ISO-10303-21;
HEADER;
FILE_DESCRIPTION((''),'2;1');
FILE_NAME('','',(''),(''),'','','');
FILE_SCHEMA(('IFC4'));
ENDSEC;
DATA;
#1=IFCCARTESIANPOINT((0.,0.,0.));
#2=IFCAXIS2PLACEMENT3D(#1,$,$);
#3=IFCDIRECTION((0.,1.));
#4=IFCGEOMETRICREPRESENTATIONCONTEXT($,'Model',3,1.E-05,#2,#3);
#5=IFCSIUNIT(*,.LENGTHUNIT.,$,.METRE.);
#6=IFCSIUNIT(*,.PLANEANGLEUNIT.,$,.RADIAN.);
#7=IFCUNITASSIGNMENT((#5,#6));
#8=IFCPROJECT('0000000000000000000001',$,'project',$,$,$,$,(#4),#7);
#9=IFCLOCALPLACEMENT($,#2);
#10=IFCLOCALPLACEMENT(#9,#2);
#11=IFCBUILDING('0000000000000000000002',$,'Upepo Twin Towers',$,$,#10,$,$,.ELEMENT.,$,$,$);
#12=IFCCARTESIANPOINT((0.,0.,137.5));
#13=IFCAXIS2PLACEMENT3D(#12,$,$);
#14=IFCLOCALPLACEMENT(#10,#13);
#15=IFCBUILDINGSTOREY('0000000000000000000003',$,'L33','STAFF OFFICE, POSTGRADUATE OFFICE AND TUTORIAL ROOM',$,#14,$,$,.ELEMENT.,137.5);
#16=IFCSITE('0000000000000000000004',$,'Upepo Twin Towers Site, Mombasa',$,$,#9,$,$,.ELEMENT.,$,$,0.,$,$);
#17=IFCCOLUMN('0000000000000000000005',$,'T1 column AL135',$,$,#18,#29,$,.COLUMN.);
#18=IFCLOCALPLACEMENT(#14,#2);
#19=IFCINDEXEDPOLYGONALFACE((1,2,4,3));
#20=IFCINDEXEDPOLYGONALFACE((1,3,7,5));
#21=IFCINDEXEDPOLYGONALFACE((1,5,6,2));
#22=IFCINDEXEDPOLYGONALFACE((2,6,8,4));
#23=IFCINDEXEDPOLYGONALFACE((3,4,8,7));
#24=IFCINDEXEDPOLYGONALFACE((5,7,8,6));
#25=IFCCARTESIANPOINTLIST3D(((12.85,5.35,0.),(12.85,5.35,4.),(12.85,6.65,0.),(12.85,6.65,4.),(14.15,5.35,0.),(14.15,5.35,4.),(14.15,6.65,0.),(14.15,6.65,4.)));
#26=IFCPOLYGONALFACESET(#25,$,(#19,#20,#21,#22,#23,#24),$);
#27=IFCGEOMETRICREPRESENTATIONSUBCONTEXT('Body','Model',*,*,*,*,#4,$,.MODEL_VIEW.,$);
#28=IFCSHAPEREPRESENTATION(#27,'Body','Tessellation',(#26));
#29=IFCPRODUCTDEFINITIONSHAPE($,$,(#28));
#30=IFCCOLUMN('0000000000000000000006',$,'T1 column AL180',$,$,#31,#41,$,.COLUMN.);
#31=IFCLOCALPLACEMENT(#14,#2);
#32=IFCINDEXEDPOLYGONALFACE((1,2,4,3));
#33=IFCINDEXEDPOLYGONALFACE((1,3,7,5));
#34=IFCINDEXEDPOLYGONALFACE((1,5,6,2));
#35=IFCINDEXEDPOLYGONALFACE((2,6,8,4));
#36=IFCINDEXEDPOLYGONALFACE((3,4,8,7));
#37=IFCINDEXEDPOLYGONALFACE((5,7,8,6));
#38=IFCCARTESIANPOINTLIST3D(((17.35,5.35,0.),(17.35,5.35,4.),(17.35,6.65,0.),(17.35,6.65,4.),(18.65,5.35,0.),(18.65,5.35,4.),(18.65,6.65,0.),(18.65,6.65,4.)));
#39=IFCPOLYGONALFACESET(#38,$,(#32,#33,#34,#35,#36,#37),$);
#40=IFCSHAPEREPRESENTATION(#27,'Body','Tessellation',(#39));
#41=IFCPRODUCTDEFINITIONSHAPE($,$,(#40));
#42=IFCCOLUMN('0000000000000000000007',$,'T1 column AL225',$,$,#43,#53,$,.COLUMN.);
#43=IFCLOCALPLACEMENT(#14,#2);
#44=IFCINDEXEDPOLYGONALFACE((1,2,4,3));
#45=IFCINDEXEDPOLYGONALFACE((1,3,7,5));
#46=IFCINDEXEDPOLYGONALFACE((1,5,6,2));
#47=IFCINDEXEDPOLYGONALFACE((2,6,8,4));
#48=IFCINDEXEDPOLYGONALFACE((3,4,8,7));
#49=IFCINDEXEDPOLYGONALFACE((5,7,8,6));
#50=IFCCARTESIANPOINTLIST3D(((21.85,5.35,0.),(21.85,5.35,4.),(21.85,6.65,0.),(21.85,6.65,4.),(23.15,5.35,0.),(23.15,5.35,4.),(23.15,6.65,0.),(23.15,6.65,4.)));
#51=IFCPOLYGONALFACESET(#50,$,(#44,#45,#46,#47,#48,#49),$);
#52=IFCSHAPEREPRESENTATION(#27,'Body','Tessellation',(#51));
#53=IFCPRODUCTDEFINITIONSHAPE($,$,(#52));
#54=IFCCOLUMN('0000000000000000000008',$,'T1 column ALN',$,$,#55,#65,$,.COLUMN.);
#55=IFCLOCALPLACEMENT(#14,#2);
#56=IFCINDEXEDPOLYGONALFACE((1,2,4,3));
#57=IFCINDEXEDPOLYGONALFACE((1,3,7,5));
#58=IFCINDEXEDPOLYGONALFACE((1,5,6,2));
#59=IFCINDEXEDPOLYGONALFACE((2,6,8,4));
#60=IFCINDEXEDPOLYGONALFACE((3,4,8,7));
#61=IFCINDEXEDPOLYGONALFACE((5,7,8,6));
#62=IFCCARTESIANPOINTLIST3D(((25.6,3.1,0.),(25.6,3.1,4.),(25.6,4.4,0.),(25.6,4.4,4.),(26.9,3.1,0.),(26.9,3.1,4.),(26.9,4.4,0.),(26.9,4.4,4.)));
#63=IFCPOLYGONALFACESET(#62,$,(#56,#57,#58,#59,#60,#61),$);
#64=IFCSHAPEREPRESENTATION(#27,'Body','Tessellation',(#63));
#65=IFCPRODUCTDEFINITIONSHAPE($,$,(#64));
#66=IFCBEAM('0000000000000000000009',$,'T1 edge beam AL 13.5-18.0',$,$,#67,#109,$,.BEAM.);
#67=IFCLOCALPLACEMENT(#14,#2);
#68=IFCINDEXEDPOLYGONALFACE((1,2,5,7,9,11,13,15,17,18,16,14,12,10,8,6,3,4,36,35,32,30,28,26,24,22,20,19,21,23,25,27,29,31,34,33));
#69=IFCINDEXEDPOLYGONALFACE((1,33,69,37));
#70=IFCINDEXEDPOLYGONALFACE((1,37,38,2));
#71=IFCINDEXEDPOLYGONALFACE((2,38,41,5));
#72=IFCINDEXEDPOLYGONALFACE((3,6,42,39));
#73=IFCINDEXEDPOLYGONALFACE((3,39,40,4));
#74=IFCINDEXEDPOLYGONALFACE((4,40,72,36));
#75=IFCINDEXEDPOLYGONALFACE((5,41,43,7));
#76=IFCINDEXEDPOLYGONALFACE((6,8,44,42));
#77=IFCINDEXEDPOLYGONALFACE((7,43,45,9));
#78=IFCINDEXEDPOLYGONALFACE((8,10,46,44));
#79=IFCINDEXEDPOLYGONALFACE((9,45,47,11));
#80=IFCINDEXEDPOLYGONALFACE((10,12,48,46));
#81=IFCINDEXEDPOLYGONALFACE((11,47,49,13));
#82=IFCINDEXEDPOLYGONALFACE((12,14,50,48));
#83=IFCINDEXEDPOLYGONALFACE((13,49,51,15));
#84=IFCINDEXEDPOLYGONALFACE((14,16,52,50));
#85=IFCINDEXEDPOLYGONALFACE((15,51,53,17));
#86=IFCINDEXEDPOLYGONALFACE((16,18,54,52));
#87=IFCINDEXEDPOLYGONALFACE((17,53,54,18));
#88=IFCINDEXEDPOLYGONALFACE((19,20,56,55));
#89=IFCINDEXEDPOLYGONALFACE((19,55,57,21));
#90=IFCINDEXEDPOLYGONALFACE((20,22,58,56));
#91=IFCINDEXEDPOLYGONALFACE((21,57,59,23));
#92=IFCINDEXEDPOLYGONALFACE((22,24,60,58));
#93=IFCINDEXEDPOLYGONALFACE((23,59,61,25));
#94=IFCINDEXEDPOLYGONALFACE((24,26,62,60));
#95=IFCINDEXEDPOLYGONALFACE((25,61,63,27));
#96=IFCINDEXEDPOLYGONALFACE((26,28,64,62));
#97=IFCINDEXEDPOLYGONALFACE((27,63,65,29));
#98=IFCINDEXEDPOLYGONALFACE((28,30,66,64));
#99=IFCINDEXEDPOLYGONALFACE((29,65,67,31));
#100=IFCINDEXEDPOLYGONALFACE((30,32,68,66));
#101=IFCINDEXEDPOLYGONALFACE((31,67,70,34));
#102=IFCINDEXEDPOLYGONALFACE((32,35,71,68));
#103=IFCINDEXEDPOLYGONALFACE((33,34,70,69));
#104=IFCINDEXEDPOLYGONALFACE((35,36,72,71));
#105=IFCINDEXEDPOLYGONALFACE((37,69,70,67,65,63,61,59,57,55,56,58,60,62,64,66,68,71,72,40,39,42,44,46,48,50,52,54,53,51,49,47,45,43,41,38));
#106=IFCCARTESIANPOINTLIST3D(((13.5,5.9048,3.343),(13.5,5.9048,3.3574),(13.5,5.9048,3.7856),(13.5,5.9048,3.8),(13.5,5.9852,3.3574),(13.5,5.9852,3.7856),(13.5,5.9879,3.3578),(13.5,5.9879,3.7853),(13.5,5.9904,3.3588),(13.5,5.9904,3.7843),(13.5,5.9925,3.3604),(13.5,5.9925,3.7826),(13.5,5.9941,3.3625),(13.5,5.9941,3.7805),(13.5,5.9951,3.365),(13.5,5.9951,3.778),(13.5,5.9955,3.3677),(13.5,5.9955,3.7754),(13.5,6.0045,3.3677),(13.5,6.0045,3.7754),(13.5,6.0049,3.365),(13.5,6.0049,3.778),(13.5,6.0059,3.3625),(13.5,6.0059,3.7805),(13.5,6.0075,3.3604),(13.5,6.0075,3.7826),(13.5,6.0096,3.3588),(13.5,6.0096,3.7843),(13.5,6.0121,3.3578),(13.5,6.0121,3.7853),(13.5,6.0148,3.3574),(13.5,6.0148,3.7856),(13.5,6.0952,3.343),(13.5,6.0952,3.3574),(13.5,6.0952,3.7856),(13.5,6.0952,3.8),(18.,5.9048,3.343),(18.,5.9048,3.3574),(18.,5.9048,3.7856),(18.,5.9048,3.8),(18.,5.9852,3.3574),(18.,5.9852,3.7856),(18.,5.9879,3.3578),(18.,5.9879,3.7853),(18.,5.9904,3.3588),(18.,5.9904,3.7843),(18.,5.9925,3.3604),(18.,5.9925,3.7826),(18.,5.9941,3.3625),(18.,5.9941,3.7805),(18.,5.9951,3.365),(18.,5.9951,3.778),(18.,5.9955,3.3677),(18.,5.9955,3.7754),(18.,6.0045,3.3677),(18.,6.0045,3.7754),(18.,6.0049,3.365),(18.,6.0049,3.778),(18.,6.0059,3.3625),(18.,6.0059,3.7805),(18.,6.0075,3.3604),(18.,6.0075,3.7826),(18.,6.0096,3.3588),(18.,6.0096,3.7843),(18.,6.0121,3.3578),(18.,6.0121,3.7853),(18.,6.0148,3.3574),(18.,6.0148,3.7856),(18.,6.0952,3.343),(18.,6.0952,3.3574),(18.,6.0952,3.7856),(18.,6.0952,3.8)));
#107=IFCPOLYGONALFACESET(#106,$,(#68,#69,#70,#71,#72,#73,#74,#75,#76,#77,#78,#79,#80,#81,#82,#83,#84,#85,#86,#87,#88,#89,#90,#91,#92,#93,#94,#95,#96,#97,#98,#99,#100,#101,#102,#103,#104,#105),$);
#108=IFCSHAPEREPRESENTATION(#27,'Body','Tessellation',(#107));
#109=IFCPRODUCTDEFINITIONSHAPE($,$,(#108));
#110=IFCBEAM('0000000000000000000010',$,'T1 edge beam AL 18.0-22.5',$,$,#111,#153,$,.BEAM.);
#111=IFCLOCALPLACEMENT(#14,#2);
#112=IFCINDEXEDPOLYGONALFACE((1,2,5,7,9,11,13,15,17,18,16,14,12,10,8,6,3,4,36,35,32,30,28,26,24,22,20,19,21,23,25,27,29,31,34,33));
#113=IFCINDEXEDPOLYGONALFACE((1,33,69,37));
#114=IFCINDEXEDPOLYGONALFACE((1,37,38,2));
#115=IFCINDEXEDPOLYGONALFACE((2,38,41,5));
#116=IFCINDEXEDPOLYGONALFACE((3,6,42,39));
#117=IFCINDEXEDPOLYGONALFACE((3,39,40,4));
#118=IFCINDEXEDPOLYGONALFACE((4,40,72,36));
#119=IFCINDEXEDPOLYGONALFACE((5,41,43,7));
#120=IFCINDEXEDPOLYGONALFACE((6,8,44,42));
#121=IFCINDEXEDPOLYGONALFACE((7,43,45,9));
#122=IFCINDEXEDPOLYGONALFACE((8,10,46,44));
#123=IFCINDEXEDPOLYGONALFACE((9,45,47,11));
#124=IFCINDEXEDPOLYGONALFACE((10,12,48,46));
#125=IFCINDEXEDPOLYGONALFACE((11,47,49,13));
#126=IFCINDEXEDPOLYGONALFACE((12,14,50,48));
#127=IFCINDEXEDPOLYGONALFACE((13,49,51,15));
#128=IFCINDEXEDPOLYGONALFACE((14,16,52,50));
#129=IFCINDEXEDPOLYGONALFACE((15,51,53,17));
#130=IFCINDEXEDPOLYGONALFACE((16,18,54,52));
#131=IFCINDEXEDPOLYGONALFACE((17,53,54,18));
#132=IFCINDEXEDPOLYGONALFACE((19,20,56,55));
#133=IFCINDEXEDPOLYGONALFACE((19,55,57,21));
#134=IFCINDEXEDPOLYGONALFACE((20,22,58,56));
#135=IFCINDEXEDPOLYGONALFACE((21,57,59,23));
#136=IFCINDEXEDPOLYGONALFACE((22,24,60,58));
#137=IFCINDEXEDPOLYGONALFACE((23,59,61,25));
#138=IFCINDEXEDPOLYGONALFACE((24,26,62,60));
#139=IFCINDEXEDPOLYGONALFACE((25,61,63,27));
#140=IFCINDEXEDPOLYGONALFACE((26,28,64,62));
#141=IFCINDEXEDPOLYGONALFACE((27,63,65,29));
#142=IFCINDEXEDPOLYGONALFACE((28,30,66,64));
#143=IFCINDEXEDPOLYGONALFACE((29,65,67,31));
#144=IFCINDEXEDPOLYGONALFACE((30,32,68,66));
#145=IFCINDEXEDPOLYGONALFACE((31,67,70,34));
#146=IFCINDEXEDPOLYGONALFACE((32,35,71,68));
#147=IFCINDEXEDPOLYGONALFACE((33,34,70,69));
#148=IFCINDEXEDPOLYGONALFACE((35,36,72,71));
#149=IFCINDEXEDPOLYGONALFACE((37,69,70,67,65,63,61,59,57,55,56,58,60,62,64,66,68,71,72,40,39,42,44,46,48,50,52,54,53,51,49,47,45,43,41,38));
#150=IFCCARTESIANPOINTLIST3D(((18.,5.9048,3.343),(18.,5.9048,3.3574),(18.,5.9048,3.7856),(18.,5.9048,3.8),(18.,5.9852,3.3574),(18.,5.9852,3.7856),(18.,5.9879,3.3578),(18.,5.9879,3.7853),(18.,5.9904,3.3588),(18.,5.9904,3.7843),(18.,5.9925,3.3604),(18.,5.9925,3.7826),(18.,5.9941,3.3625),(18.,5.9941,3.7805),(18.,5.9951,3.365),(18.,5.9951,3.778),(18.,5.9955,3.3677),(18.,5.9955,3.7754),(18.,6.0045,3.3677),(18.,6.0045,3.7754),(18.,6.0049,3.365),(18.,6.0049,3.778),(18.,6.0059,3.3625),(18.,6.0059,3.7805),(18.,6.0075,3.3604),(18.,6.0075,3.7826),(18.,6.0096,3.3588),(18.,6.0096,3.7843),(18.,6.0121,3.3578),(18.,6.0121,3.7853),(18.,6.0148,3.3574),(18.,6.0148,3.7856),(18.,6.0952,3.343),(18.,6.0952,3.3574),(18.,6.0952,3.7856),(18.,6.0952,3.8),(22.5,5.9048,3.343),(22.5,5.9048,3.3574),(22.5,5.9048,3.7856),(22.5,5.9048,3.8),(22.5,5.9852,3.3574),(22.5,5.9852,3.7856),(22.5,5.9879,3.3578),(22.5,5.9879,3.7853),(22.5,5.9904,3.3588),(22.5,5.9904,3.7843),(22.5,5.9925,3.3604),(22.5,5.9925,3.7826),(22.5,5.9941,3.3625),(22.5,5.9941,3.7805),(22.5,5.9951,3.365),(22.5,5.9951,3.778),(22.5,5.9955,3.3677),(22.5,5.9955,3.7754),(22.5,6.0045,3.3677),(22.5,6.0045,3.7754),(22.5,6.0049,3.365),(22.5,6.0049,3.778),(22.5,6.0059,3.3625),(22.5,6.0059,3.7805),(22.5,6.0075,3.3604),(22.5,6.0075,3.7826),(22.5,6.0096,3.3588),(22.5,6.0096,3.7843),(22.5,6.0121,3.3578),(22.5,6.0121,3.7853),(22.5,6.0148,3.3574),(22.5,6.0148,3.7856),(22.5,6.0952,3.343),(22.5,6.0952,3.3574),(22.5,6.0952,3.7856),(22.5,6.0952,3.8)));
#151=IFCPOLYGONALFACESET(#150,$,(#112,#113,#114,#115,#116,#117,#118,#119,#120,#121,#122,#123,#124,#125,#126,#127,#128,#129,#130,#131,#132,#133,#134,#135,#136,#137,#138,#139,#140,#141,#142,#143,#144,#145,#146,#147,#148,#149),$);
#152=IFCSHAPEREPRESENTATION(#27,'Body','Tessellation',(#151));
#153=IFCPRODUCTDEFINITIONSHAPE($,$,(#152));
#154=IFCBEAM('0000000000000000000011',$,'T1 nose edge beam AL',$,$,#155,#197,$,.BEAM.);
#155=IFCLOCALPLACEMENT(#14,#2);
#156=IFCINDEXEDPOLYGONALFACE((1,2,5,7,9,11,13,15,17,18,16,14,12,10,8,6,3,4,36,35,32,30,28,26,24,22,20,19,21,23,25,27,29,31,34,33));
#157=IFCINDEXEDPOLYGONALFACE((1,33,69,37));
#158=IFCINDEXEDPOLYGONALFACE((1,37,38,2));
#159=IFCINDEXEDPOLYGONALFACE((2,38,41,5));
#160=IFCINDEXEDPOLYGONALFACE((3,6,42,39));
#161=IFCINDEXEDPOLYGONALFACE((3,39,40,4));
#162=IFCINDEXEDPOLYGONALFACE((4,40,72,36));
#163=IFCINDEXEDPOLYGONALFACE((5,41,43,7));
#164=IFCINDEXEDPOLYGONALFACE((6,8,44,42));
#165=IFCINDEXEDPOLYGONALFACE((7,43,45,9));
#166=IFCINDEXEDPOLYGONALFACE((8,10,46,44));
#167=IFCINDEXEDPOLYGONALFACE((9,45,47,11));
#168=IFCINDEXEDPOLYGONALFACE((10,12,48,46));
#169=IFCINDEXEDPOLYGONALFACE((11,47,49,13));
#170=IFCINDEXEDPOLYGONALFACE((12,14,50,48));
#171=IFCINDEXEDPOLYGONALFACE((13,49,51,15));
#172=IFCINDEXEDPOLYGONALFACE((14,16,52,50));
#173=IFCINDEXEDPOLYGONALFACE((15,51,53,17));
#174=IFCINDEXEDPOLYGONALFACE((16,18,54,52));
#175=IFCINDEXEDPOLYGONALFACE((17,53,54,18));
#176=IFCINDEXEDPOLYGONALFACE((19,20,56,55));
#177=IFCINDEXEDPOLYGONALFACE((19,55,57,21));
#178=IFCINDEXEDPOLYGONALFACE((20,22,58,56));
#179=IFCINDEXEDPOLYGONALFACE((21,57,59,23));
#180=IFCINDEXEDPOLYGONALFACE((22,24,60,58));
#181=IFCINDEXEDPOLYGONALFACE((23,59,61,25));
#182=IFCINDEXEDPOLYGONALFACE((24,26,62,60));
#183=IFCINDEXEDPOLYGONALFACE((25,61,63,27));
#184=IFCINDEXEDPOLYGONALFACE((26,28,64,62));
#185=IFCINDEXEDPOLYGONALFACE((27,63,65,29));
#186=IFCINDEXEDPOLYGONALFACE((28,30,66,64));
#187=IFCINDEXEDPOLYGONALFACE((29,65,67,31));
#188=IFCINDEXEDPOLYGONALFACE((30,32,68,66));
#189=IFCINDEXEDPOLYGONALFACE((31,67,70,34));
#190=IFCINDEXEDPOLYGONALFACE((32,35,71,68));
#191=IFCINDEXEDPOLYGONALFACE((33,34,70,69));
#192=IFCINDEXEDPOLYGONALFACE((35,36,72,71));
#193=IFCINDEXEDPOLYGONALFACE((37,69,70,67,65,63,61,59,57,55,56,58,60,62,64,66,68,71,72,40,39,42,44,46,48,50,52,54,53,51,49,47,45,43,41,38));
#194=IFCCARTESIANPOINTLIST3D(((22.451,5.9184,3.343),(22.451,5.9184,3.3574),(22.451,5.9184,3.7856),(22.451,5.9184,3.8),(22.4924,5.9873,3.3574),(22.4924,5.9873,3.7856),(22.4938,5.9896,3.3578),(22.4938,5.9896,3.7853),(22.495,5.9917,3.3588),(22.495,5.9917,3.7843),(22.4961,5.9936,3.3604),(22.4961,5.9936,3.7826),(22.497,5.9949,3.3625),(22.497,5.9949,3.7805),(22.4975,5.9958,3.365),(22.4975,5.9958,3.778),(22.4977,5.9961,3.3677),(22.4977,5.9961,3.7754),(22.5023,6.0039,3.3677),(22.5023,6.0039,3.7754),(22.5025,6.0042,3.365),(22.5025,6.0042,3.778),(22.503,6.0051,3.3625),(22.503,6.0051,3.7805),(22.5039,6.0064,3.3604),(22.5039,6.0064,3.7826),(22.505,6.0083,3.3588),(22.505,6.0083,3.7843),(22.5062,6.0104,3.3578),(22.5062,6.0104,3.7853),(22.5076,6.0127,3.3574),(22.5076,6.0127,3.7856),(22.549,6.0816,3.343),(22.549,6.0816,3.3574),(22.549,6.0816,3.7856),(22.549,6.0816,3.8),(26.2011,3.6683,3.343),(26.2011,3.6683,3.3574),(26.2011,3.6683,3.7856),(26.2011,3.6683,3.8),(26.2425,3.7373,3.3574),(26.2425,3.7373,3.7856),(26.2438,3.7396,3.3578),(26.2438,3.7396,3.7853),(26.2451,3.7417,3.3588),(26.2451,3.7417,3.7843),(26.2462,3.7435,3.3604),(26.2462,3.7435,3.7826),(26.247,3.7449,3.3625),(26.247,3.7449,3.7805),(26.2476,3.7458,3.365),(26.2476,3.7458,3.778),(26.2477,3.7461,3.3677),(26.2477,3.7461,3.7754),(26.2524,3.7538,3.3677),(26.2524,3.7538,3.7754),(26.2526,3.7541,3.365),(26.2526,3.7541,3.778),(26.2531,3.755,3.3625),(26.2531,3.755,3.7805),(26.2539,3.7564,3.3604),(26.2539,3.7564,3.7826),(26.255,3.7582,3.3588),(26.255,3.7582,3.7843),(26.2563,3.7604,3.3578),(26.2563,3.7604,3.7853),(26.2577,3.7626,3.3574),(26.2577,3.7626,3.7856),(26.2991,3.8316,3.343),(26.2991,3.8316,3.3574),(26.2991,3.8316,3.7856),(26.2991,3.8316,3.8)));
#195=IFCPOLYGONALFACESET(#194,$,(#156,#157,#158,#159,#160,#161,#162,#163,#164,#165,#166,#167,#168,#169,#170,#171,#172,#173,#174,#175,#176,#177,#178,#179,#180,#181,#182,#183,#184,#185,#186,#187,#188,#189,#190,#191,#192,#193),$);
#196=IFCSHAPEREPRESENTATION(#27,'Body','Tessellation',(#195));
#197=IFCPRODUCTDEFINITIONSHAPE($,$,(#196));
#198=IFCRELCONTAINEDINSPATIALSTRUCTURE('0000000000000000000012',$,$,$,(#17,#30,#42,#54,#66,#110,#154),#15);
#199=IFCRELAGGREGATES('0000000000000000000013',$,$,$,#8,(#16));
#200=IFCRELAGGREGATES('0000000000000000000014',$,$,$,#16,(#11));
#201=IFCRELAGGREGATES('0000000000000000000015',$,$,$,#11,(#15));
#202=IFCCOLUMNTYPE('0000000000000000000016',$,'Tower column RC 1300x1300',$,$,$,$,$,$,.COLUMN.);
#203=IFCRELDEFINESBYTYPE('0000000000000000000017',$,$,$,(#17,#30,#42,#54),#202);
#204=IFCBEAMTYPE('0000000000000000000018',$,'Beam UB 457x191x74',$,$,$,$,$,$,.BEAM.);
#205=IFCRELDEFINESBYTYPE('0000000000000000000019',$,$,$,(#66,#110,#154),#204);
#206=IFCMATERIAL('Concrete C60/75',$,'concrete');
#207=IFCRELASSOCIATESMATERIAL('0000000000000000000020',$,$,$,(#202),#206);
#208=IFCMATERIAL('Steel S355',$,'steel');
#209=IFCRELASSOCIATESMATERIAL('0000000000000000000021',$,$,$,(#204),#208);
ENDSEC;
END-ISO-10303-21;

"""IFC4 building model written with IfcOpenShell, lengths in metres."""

from ifc_helpers import new_model, si_unit, direction, frame, origin, origin_2d, place, context, subcontext, project, spatial, rectangle, i_section, extrude, material, material_profile, profile_set, type_object, element, save


model = new_model("IFC4")

# Units and contexts
model_context = context("Model", 3, precision=1e-05, world=origin(), true_north=direction((0.0, 1.0)))
body_context = subcontext(model_context, "Body", "Model", "MODEL_VIEW")
ifc_project = project(units=[si_unit("LENGTHUNIT", "METRE"), si_unit("PLANEANGLEUNIT", "RADIAN")], contexts=[model_context])

# Site, building, storey
site_placement = place(None, origin())
site = spatial("IfcSite", under=ifc_project, at=site_placement, Name="Upepo Twin Towers Site, Mombasa", CompositionType="ELEMENT", RefElevation=0.0)
building_placement = place(site_placement, origin())
building = spatial("IfcBuilding", under=site, at=building_placement, Name="Upepo Twin Towers", CompositionType="ELEMENT")
storey_placement = place(building_placement, frame((0.0, 0.0, 137.5)))
storey = spatial("IfcBuildingStorey", under=building, at=storey_placement, Name="L33", Description="STAFF OFFICE, POSTGRADUATE OFFICE AND TUTORIAL ROOM", CompositionType="ELEMENT", Elevation=137.5)

# Columns
ifc_material_1 = material(Name="Concrete C60/75", Category="concrete")
ifc_material_profile_1 = material_profile(ifc_material_1, rectangle(XDim=1.3, YDim=1.3, at=origin_2d()), Name="RC 1300x1300")
ifc_profile_set_1 = profile_set([ifc_material_profile_1], Name="Concrete C60/75")
column_type = type_object("IfcColumnType", Name="Tower column RC 1300x1300", PredefinedType="COLUMN", material=ifc_profile_set_1)
for number, where, z_axis, x_axis, name in (
    (1, (13.5, 6.0, 0.0), (0.0, 0.0, 1.0), (1.0, 0.0, 0.0), "T1 column AL135"),
    (2, (18.0, 6.0, 0.0), (0.0, 0.0, 1.0), (1.0, 0.0, 0.0), "T1 column AL180"),
    (3, (22.5, 6.0, 0.0), (0.0, 0.0, 1.0), (1.0, 0.0, 0.0), "T1 column AL225"),
    (4, (26.25, 3.75, 0.0), (0.0, 0.0, 1.0), (1.0, 0.0, 0.0), "T1 column ALN"),
):
    element("IfcColumn", number, at=place(storey_placement, frame(where, z_axis=z_axis, x_axis=x_axis)), inside=storey, type_object=column_type, Name=name, PredefinedType="COLUMN", context=body_context, shape_type="SweptSolid", body=[
        extrude(rectangle(XDim=1.3, YDim=1.3, at=origin_2d()), origin(), (0.0, 0.0, 1.0), 4.0),
    ])

# Beams
ifc_material_2 = material(Name="Steel S355", Category="steel")
ifc_material_profile_2 = material_profile(ifc_material_2, i_section(OverallWidth=0.1904, OverallDepth=0.457, WebThickness=0.009, FlangeThickness=0.0144, FilletRadius=0.0103, at=origin_2d()), Name="UB 457x191x74")
ifc_profile_set_2 = profile_set([ifc_material_profile_2], Name="Steel S355")
beam_type_1 = type_object("IfcBeamType", Name="Beam UB 457x191x74", PredefinedType="BEAM", material=ifc_profile_set_2)
for number, where, z_axis, x_axis, name in (
    (5, (13.5, 6.0, 3.5715), (1.0, 0.0, 0.0), (0.0, 1.0, 0.0), "T1 edge beam AL 13.5-18.0"),
    (6, (18.0, 6.0, 3.5715), (1.0, 0.0, 0.0), (0.0, 1.0, 0.0), "T1 edge beam AL 18.0-22.5"),
):
    element("IfcBeam", number, at=place(storey_placement, frame(where, z_axis=z_axis, x_axis=x_axis)), inside=storey, type_object=beam_type_1, Name=name, PredefinedType="BEAM", context=body_context, shape_type="SweptSolid", body=[
        extrude(i_section(OverallWidth=0.1904, OverallDepth=0.457, WebThickness=0.009, FlangeThickness=0.0144, FilletRadius=0.0103, at=origin_2d()), origin(), (0.0, 0.0, 1.0), 4.5),
    ])
beam_1_placement = place(storey_placement, frame((22.5, 6.0, 3.5715), z_axis=(0.857493, -0.514496, 0.0), x_axis=(0.514496, 0.857493, 0.0)))
element("IfcBeam", 7, at=beam_1_placement, inside=storey, type_object=beam_type_1, Name="T1 nose edge beam AL", PredefinedType="BEAM", context=body_context, shape_type="SweptSolid", body=[
    extrude(i_section(OverallWidth=0.1904, OverallDepth=0.457, WebThickness=0.009, FlangeThickness=0.0144, FilletRadius=0.0103, at=origin_2d()), origin(), (0.0, 0.0, 1.0), 4.3733),
])

save(model, "model.ifc")
